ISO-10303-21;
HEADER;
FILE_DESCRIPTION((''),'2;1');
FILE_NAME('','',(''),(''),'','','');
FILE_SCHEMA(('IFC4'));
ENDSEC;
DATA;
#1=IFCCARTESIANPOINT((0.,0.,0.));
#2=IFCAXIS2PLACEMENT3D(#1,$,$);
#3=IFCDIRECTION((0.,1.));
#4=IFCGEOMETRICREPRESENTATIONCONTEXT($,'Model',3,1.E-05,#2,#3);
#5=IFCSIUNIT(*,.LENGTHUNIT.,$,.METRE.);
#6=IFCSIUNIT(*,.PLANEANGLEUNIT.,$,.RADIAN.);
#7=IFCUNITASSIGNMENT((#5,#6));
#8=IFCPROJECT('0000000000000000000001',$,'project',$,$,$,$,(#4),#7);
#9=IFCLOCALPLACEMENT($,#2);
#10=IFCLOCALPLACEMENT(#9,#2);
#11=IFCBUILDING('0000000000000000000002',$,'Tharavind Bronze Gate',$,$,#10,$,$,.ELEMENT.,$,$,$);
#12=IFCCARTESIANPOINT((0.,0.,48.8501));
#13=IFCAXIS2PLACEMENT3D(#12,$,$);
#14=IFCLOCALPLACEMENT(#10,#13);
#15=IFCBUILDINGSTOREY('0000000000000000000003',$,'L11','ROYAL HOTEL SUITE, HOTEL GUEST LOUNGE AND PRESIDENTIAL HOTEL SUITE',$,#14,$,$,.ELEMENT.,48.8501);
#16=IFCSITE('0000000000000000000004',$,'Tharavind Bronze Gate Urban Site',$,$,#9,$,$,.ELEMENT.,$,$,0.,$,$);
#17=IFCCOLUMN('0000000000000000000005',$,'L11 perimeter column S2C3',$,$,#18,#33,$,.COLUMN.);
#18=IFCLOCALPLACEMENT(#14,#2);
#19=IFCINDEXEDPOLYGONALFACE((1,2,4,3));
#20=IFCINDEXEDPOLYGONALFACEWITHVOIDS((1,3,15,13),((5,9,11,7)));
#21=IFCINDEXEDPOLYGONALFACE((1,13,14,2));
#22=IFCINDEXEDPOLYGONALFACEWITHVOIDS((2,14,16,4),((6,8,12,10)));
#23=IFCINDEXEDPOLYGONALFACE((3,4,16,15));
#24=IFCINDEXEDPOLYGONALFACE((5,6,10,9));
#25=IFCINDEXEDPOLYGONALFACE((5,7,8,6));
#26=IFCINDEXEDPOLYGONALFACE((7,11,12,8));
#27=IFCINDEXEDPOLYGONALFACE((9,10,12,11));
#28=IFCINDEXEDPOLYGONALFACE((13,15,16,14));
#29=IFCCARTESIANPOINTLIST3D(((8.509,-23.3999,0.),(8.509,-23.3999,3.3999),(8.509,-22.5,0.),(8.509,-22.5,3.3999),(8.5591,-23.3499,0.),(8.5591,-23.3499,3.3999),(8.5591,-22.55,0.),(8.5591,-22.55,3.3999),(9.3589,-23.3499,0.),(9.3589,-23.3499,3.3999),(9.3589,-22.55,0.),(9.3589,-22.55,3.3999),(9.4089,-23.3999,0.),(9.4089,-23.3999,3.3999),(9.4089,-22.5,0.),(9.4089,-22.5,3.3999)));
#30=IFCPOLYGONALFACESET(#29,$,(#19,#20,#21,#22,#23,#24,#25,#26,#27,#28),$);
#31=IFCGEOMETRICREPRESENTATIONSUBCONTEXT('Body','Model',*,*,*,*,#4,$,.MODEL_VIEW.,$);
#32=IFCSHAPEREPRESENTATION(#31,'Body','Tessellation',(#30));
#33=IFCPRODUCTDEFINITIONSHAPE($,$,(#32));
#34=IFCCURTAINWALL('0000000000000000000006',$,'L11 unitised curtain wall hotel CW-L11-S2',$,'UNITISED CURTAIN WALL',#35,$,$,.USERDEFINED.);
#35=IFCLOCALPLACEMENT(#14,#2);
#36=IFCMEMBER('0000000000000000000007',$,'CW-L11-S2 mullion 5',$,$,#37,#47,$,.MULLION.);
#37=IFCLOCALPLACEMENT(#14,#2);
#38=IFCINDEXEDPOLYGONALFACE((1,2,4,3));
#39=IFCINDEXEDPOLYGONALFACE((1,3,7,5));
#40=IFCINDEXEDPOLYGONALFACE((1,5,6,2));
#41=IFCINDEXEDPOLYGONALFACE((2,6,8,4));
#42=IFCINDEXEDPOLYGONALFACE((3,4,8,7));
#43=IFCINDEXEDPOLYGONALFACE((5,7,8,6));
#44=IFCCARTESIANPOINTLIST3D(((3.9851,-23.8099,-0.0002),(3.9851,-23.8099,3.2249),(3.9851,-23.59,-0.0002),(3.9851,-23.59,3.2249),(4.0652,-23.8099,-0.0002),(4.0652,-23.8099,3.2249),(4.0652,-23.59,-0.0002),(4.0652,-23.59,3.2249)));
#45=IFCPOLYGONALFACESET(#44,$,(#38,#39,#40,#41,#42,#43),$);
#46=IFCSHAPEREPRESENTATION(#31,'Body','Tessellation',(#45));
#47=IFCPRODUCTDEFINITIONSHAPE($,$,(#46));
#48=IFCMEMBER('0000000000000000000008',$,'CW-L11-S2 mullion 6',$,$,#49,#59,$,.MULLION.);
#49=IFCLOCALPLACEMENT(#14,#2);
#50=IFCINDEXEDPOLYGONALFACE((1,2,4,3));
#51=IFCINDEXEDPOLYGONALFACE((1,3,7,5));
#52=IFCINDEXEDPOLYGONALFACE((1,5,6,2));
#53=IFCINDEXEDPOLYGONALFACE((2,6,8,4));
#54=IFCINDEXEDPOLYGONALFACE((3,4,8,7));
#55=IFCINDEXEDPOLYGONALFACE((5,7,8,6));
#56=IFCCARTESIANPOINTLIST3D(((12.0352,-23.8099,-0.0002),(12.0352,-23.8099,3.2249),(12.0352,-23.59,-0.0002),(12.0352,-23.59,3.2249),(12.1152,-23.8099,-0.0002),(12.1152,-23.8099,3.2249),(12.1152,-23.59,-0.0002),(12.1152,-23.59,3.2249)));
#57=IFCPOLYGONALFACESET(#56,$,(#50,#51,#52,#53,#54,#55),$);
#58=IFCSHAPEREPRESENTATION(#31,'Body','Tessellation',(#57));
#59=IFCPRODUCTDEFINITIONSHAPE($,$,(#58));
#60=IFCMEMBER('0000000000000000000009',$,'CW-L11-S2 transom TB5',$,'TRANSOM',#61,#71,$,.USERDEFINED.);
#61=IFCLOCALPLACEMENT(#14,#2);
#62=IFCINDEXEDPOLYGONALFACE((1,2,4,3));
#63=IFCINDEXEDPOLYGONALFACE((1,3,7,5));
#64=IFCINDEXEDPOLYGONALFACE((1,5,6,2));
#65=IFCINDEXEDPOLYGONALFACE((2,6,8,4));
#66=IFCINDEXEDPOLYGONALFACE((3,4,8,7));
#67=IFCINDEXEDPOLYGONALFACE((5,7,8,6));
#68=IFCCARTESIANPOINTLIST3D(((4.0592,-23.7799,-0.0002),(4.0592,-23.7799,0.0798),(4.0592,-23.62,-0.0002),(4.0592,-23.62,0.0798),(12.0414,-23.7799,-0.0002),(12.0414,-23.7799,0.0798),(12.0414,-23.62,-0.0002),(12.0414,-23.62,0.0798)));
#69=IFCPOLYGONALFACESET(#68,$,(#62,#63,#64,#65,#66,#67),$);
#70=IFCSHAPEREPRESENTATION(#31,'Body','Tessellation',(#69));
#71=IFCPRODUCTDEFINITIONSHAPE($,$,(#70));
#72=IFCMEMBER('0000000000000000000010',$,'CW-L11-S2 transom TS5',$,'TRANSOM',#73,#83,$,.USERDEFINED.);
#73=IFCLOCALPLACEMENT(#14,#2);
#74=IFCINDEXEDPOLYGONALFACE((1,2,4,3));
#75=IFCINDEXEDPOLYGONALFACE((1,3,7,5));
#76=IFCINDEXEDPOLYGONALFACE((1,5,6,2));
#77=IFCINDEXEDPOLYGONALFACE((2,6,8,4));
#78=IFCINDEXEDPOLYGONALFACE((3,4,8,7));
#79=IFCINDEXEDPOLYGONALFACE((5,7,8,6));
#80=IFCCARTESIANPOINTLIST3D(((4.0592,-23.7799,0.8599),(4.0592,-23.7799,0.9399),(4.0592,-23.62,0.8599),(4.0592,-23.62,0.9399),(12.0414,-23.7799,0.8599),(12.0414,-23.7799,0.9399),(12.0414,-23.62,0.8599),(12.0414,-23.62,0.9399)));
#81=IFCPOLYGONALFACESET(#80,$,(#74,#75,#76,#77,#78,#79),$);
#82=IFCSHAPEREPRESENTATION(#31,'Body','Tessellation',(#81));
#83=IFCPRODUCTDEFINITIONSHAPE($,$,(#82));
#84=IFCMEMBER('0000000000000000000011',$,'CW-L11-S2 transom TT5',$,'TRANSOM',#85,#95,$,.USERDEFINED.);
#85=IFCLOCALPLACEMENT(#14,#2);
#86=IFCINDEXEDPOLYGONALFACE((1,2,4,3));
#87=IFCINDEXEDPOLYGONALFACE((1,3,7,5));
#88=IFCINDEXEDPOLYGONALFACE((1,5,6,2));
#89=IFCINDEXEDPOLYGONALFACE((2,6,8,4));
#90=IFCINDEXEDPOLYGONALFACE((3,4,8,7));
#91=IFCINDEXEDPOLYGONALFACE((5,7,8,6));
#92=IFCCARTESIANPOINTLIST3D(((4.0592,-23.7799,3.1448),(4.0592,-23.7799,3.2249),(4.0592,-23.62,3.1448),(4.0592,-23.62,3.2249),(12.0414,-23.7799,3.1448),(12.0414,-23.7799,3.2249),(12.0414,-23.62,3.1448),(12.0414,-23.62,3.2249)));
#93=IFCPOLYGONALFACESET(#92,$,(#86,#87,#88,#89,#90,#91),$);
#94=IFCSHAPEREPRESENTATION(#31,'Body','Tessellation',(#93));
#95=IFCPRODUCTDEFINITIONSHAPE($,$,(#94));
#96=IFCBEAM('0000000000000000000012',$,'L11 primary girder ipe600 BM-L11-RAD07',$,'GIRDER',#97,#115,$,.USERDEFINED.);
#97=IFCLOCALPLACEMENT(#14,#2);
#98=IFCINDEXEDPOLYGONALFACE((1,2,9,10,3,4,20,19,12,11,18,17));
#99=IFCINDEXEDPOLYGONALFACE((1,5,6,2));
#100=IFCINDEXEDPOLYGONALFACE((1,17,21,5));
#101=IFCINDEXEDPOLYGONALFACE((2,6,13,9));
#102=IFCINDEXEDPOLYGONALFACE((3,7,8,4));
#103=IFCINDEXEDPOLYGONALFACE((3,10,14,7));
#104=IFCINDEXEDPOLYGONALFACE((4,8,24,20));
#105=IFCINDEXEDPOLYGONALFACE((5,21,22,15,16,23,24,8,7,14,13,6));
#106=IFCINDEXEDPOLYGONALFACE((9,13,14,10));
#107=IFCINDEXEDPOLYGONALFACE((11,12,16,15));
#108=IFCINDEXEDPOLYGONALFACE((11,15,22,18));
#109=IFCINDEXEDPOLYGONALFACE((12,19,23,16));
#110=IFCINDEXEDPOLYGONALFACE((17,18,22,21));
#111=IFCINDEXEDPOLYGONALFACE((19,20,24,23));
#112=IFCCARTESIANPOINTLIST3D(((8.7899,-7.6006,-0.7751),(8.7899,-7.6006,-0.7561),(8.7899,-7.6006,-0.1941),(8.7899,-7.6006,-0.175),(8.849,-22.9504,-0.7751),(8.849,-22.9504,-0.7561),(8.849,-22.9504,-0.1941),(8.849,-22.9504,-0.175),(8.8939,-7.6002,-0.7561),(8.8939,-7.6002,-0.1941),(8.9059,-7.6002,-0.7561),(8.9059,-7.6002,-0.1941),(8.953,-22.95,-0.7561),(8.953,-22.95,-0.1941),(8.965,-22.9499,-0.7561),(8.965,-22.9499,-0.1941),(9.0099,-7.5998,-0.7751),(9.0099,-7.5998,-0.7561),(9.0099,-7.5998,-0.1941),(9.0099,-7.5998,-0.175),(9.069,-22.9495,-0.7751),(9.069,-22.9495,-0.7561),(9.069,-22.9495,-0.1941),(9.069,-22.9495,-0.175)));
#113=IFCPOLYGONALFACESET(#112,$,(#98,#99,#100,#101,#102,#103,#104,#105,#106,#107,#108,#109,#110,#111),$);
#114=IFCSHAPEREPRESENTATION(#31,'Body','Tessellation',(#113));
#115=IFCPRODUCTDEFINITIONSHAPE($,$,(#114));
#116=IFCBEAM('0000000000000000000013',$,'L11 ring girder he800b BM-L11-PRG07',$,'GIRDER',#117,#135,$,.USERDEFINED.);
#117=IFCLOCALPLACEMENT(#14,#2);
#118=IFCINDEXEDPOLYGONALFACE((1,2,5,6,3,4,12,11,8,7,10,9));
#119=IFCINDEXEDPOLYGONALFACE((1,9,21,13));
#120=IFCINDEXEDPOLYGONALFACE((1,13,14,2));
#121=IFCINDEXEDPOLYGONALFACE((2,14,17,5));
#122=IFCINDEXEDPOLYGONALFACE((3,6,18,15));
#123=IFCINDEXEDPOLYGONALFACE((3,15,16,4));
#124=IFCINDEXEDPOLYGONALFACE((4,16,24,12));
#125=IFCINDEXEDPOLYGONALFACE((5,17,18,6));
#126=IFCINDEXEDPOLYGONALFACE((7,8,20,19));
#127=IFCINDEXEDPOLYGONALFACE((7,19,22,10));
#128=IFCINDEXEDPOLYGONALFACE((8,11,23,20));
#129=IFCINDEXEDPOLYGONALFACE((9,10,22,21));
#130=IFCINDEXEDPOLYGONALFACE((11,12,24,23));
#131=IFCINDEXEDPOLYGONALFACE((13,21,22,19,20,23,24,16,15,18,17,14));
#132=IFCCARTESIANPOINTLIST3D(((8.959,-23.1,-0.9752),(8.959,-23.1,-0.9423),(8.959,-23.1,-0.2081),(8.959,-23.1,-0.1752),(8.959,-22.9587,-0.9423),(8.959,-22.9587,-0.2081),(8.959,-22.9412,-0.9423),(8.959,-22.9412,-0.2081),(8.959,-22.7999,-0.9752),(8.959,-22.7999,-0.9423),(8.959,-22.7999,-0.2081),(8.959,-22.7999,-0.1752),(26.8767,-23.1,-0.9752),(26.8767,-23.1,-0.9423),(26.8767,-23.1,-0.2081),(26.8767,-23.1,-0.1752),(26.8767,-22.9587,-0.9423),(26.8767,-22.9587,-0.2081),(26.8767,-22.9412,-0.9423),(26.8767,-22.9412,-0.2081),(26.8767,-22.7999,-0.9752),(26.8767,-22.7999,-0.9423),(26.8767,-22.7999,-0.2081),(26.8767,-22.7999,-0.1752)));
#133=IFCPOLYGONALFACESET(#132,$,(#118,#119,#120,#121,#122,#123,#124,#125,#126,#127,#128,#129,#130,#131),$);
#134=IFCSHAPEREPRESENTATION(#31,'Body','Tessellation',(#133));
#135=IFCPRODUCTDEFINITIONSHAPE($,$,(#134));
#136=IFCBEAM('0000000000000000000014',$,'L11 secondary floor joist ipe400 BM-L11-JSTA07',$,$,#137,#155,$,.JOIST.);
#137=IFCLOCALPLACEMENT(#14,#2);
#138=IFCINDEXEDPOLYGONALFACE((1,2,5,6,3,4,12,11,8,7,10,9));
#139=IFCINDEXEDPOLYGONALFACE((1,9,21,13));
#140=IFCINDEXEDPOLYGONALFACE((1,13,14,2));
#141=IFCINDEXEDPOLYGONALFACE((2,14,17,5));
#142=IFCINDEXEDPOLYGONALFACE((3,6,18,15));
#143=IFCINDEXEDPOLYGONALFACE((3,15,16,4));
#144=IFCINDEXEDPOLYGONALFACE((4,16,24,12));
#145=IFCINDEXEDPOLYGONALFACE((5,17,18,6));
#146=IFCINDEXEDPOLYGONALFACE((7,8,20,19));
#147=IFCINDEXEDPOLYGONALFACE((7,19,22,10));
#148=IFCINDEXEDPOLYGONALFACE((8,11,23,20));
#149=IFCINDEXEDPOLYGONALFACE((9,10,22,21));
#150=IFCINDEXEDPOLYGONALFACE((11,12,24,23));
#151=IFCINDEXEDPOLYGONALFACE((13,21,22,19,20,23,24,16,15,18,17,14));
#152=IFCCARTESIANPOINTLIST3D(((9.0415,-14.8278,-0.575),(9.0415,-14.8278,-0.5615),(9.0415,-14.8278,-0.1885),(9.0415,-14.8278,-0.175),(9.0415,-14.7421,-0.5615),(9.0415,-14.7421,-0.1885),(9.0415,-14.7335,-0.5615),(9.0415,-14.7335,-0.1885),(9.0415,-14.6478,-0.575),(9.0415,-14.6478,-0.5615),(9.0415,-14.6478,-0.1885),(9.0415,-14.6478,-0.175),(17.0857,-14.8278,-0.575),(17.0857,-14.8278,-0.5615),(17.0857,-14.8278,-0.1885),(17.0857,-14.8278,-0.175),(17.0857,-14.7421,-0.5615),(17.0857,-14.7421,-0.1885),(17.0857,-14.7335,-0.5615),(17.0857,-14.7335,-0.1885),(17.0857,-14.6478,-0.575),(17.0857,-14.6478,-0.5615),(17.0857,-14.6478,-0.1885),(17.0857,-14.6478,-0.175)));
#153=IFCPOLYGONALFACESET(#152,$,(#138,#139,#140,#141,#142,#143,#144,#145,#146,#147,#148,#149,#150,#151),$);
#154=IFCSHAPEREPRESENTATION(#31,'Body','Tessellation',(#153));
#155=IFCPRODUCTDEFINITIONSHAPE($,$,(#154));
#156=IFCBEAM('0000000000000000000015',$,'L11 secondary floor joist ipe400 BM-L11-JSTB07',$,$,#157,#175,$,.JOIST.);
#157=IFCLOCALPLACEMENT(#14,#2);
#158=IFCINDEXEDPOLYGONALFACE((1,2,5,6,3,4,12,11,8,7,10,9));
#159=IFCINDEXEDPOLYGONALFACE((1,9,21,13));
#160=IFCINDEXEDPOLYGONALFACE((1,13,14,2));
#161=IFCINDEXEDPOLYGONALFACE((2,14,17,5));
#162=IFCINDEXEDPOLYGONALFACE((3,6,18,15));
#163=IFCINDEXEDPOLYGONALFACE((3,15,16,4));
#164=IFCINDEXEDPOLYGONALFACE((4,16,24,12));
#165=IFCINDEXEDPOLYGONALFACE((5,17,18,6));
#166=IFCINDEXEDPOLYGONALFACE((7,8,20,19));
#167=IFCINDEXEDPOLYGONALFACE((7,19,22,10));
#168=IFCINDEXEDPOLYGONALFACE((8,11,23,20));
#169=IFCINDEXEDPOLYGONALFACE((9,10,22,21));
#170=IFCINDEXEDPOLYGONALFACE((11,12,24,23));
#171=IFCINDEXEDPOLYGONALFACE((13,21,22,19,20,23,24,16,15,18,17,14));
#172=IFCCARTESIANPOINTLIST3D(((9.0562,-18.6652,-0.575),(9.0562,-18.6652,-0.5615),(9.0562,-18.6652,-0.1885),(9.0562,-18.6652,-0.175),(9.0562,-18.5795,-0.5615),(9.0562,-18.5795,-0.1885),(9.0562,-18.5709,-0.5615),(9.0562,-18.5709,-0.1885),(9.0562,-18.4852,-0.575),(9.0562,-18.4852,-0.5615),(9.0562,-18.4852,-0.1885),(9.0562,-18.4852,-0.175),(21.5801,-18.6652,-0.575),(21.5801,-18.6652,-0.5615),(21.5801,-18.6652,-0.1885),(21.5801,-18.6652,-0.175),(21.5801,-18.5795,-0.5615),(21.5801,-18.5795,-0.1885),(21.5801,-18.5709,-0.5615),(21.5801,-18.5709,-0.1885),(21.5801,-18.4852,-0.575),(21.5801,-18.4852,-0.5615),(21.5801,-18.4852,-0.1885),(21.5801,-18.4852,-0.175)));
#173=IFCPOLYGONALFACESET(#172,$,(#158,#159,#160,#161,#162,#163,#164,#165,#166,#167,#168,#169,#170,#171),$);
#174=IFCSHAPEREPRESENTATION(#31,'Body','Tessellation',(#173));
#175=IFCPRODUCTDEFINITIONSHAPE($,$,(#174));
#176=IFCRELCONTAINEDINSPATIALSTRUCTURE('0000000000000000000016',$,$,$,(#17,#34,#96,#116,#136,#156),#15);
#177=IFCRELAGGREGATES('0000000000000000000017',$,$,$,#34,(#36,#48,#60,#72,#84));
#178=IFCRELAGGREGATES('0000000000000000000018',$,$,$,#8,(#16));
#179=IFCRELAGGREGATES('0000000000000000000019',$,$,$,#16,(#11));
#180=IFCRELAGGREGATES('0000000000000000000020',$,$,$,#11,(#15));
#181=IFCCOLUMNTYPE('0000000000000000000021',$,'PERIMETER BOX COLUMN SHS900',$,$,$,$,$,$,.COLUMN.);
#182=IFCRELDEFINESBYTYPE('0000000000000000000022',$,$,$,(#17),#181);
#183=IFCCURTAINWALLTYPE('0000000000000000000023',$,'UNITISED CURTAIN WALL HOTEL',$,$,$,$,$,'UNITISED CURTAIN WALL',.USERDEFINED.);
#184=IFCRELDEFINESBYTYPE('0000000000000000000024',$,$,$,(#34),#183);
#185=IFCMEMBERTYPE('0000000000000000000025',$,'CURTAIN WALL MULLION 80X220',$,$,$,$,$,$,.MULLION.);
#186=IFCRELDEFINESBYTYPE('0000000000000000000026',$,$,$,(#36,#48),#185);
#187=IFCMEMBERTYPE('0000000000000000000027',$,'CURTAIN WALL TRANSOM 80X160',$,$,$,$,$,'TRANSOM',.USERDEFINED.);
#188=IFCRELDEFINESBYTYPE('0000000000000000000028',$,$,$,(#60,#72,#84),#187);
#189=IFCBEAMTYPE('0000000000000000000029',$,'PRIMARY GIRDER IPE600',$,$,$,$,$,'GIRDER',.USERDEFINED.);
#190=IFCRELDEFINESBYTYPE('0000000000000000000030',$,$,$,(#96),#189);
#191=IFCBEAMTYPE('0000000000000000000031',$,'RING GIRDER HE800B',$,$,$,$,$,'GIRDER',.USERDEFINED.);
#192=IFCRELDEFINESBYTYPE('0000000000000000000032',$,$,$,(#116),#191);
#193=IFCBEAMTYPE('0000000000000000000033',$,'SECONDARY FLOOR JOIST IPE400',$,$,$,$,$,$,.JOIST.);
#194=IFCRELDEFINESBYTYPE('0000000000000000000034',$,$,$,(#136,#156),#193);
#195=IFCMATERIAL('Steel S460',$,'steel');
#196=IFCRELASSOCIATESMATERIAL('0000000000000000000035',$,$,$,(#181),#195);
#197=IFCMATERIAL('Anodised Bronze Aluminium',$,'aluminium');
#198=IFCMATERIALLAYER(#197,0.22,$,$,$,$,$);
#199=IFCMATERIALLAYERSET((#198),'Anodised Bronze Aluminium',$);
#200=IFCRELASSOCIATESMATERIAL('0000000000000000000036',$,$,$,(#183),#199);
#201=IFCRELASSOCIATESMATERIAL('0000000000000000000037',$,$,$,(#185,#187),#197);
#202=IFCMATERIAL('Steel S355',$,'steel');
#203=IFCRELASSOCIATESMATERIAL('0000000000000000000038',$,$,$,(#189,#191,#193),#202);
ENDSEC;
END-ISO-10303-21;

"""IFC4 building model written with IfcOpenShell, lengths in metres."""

from ifc_helpers import new_model, si_unit, direction, frame, origin, origin_2d, place, context, subcontext, project, spatial, rectangle, hollow_rectangle, i_section, extrude, material, layer, layer_set, material_profile, profile_set, type_object, element, aggregate, save


model = new_model("IFC4")

# Units and contexts
model_context = context("Model", 3, precision=1e-05, world=origin(), true_north=direction((0.0, 1.0)))
body_context = subcontext(model_context, "Body", "Model", "MODEL_VIEW")
ifc_project = project(units=[si_unit("LENGTHUNIT", "METRE"), si_unit("PLANEANGLEUNIT", "RADIAN")], contexts=[model_context])

# Site, building, storey
site_placement = place(None, origin())
site = spatial("IfcSite", under=ifc_project, at=site_placement, Name="Tharavind Bronze Gate Urban Site", CompositionType="ELEMENT", RefElevation=0.0)
building_placement = place(site_placement, origin())
building = spatial("IfcBuilding", under=site, at=building_placement, Name="Tharavind Bronze Gate", CompositionType="ELEMENT")
storey_placement = place(building_placement, frame((0.0, 0.0, 48.8501)))
storey = spatial("IfcBuildingStorey", under=building, at=storey_placement, Name="L11", Description="ROYAL HOTEL SUITE, HOTEL GUEST LOUNGE AND PRESIDENTIAL HOTEL SUITE", CompositionType="ELEMENT", Elevation=48.8501)

# Column
ifc_material_1 = material(Name="Steel S460", Category="steel")
ifc_material_profile_1 = material_profile(ifc_material_1, hollow_rectangle(XDim=0.8999, YDim=0.8999, WallThickness=0.05, at=origin_2d()), Name="SHS900X50")
ifc_profile_set_1 = profile_set([ifc_material_profile_1], Name="Steel S460")
column_type = type_object("IfcColumnType", Name="PERIMETER BOX COLUMN SHS900", PredefinedType="COLUMN", material=ifc_profile_set_1)
column_placement = place(storey_placement, frame((8.959, -22.95, 0.0), z_axis=(0.0, 0.0, 1.0), x_axis=(1.0, 0.0, 0.0)))
element("IfcColumn", 1, at=column_placement, inside=storey, type_object=column_type, Name="L11 perimeter column S2C3", PredefinedType="COLUMN", context=body_context, shape_type="SweptSolid", body=[
    extrude(hollow_rectangle(XDim=0.8999, YDim=0.8999, WallThickness=0.05, at=origin_2d()), origin(), (0.0, 0.0, 1.0), 3.3999),
])

# Curtain wall, members
ifc_material_2 = material(Name="Anodised Bronze Aluminium", Category="aluminium")
ifc_layer_1 = layer(ifc_material_2, 0.22)
ifc_layer_set_1 = layer_set([ifc_layer_1], Name="Anodised Bronze Aluminium")
curtain_wall_type = type_object("IfcCurtainWallType", Name="UNITISED CURTAIN WALL HOTEL", ElementType="UNITISED CURTAIN WALL", PredefinedType="USERDEFINED", material=ifc_layer_set_1)
curtain_wall_placement = place(storey_placement, origin())
curtain_wall = element("IfcCurtainWall", 2, at=curtain_wall_placement, inside=storey, type_object=curtain_wall_type, Name="L11 unitised curtain wall hotel CW-L11-S2", ObjectType="UNITISED CURTAIN WALL", PredefinedType="USERDEFINED")
member_type_1 = type_object("IfcMemberType", Name="CURTAIN WALL MULLION 80X220", PredefinedType="MULLION", material=ifc_material_2)
member_1_placement = place(storey_placement, frame((4.0251, -23.7, -0.0002), z_axis=(0.0, 0.0, 1.0), x_axis=(1.0, 0.0, 0.0)))
member_1 = element("IfcMember", 3, at=member_1_placement, type_object=member_type_1, Name="CW-L11-S2 mullion 5", PredefinedType="MULLION", context=body_context, shape_type="SweptSolid", body=[
    extrude(rectangle(XDim=0.0801, YDim=0.22, at=origin_2d()), origin(), (0.0, 0.0, 1.0), 3.2251),
])
member_2_placement = place(storey_placement, frame((12.0752, -23.7, -0.0002), z_axis=(0.0, 0.0, 1.0), x_axis=(1.0, 0.0, 0.0)))
member_2 = element("IfcMember", 4, at=member_2_placement, type_object=member_type_1, Name="CW-L11-S2 mullion 6", PredefinedType="MULLION", context=body_context, shape_type="SweptSolid", body=[
    extrude(rectangle(XDim=0.0801, YDim=0.22, at=origin_2d()), origin(), (0.0, 0.0, 1.0), 3.2251),
])
member_type_2 = type_object("IfcMemberType", Name="CURTAIN WALL TRANSOM 80X160", ElementType="TRANSOM", PredefinedType="USERDEFINED", material=ifc_material_2)
member_3_placement = place(storey_placement, frame((8.0503, -23.7, -0.0002), z_axis=(0.0, 0.0, 1.0), x_axis=(1.0, 0.0, 0.0)))
member_3 = element("IfcMember", 5, at=member_3_placement, type_object=member_type_2, Name="CW-L11-S2 transom TB5", ObjectType="TRANSOM", PredefinedType="USERDEFINED", context=body_context, shape_type="SweptSolid", body=[
    extrude(rectangle(XDim=7.9822, YDim=0.1599, at=origin_2d()), origin(), (0.0, 0.0, 1.0), 0.0801),
])
member_4_placement = place(storey_placement, frame((8.0503, -23.7, 0.8599), z_axis=(0.0, 0.0, 1.0), x_axis=(1.0, 0.0, 0.0)))
member_4 = element("IfcMember", 6, at=member_4_placement, type_object=member_type_2, Name="CW-L11-S2 transom TS5", ObjectType="TRANSOM", PredefinedType="USERDEFINED", context=body_context, shape_type="SweptSolid", body=[
    extrude(rectangle(XDim=7.9822, YDim=0.1599, at=origin_2d()), origin(), (0.0, 0.0, 1.0), 0.0801),
])
member_5_placement = place(storey_placement, frame((8.0503, -23.7, 3.1448), z_axis=(0.0, 0.0, 1.0), x_axis=(1.0, 0.0, 0.0)))
member_5 = element("IfcMember", 7, at=member_5_placement, type_object=member_type_2, Name="CW-L11-S2 transom TT5", ObjectType="TRANSOM", PredefinedType="USERDEFINED", context=body_context, shape_type="SweptSolid", body=[
    extrude(rectangle(XDim=7.9822, YDim=0.1599, at=origin_2d()), origin(), (0.0, 0.0, 1.0), 0.0801),
])

# Beams
ifc_material_3 = material(Name="Steel S355", Category="steel")
ifc_material_profile_2 = material_profile(ifc_material_3, i_section(OverallWidth=0.22, OverallDepth=0.6001, WebThickness=0.012, FlangeThickness=0.019, at=origin_2d()), Name="IPE600")
ifc_profile_set_2 = profile_set([ifc_material_profile_2], Name="Steel S355")
beam_type_1 = type_object("IfcBeamType", Name="PRIMARY GIRDER IPE600", ElementType="GIRDER", PredefinedType="USERDEFINED", material=ifc_profile_set_2)
beam_1_placement = place(storey_placement, frame((8.959, -22.95, -0.4751), z_axis=(-0.003849, 0.999993, 0.0), x_axis=(-0.999993, -0.003849, 0.0)))
element("IfcBeam", 8, at=beam_1_placement, inside=storey, type_object=beam_type_1, Name="L11 primary girder ipe600 BM-L11-RAD07", ObjectType="GIRDER", PredefinedType="USERDEFINED", context=body_context, shape_type="SweptSolid", body=[
    extrude(i_section(OverallWidth=0.22, OverallDepth=0.6001, WebThickness=0.012, FlangeThickness=0.019, at=origin_2d()), origin(), (0.0, 0.0, 1.0), 15.3499),
])
ifc_material_profile_3 = material_profile(ifc_material_3, i_section(OverallWidth=0.3, OverallDepth=0.8, WebThickness=0.0176, FlangeThickness=0.033, at=origin_2d()), Name="HE800B")
ifc_profile_set_3 = profile_set([ifc_material_profile_3], Name="Steel S355")
beam_type_2 = type_object("IfcBeamType", Name="RING GIRDER HE800B", ElementType="GIRDER", PredefinedType="USERDEFINED", material=ifc_profile_set_3)
beam_2_placement = place(storey_placement, frame((8.959, -22.95, -0.5752), z_axis=(1.0, 0.0, 0.0), x_axis=(0.0, 1.0, 0.0)))
element("IfcBeam", 9, at=beam_2_placement, inside=storey, type_object=beam_type_2, Name="L11 ring girder he800b BM-L11-PRG07", ObjectType="GIRDER", PredefinedType="USERDEFINED", context=body_context, shape_type="SweptSolid", body=[
    extrude(i_section(OverallWidth=0.3, OverallDepth=0.8, WebThickness=0.0176, FlangeThickness=0.033, at=origin_2d()), origin(), (0.0, 0.0, 1.0), 17.9177),
])
ifc_material_profile_4 = material_profile(ifc_material_3, i_section(OverallWidth=0.1799, OverallDepth=0.3999, WebThickness=0.0085, FlangeThickness=0.0134, at=origin_2d()), Name="IPE400")
ifc_profile_set_4 = profile_set([ifc_material_profile_4], Name="Steel S355")
beam_type_3 = type_object("IfcBeamType", Name="SECONDARY FLOOR JOIST IPE400", PredefinedType="JOIST", material=ifc_profile_set_4)
beam_3_placement = place(storey_placement, frame((9.0415, -14.7378, -0.375), z_axis=(1.0, 0.0, 0.0), x_axis=(0.0, 1.0, 0.0)))
element("IfcBeam", 10, at=beam_3_placement, inside=storey, type_object=beam_type_3, Name="L11 secondary floor joist ipe400 BM-L11-JSTA07", PredefinedType="JOIST", context=body_context, shape_type="SweptSolid", body=[
    extrude(i_section(OverallWidth=0.1799, OverallDepth=0.3999, WebThickness=0.0085, FlangeThickness=0.0134, at=origin_2d()), origin(), (0.0, 0.0, 1.0), 8.0442),
])
beam_4_placement = place(storey_placement, frame((9.0562, -18.5752, -0.375), z_axis=(1.0, 0.0, 0.0), x_axis=(0.0, 1.0, 0.0)))
element("IfcBeam", 11, at=beam_4_placement, inside=storey, type_object=beam_type_3, Name="L11 secondary floor joist ipe400 BM-L11-JSTB07", PredefinedType="JOIST", context=body_context, shape_type="SweptSolid", body=[
    extrude(i_section(OverallWidth=0.1799, OverallDepth=0.3999, WebThickness=0.0085, FlangeThickness=0.0134, at=origin_2d()), origin(), (0.0, 0.0, 1.0), 12.5239),
])

aggregate(curtain_wall, [member_1, member_2, member_3, member_4, member_5])

save(model, "model.ifc")
